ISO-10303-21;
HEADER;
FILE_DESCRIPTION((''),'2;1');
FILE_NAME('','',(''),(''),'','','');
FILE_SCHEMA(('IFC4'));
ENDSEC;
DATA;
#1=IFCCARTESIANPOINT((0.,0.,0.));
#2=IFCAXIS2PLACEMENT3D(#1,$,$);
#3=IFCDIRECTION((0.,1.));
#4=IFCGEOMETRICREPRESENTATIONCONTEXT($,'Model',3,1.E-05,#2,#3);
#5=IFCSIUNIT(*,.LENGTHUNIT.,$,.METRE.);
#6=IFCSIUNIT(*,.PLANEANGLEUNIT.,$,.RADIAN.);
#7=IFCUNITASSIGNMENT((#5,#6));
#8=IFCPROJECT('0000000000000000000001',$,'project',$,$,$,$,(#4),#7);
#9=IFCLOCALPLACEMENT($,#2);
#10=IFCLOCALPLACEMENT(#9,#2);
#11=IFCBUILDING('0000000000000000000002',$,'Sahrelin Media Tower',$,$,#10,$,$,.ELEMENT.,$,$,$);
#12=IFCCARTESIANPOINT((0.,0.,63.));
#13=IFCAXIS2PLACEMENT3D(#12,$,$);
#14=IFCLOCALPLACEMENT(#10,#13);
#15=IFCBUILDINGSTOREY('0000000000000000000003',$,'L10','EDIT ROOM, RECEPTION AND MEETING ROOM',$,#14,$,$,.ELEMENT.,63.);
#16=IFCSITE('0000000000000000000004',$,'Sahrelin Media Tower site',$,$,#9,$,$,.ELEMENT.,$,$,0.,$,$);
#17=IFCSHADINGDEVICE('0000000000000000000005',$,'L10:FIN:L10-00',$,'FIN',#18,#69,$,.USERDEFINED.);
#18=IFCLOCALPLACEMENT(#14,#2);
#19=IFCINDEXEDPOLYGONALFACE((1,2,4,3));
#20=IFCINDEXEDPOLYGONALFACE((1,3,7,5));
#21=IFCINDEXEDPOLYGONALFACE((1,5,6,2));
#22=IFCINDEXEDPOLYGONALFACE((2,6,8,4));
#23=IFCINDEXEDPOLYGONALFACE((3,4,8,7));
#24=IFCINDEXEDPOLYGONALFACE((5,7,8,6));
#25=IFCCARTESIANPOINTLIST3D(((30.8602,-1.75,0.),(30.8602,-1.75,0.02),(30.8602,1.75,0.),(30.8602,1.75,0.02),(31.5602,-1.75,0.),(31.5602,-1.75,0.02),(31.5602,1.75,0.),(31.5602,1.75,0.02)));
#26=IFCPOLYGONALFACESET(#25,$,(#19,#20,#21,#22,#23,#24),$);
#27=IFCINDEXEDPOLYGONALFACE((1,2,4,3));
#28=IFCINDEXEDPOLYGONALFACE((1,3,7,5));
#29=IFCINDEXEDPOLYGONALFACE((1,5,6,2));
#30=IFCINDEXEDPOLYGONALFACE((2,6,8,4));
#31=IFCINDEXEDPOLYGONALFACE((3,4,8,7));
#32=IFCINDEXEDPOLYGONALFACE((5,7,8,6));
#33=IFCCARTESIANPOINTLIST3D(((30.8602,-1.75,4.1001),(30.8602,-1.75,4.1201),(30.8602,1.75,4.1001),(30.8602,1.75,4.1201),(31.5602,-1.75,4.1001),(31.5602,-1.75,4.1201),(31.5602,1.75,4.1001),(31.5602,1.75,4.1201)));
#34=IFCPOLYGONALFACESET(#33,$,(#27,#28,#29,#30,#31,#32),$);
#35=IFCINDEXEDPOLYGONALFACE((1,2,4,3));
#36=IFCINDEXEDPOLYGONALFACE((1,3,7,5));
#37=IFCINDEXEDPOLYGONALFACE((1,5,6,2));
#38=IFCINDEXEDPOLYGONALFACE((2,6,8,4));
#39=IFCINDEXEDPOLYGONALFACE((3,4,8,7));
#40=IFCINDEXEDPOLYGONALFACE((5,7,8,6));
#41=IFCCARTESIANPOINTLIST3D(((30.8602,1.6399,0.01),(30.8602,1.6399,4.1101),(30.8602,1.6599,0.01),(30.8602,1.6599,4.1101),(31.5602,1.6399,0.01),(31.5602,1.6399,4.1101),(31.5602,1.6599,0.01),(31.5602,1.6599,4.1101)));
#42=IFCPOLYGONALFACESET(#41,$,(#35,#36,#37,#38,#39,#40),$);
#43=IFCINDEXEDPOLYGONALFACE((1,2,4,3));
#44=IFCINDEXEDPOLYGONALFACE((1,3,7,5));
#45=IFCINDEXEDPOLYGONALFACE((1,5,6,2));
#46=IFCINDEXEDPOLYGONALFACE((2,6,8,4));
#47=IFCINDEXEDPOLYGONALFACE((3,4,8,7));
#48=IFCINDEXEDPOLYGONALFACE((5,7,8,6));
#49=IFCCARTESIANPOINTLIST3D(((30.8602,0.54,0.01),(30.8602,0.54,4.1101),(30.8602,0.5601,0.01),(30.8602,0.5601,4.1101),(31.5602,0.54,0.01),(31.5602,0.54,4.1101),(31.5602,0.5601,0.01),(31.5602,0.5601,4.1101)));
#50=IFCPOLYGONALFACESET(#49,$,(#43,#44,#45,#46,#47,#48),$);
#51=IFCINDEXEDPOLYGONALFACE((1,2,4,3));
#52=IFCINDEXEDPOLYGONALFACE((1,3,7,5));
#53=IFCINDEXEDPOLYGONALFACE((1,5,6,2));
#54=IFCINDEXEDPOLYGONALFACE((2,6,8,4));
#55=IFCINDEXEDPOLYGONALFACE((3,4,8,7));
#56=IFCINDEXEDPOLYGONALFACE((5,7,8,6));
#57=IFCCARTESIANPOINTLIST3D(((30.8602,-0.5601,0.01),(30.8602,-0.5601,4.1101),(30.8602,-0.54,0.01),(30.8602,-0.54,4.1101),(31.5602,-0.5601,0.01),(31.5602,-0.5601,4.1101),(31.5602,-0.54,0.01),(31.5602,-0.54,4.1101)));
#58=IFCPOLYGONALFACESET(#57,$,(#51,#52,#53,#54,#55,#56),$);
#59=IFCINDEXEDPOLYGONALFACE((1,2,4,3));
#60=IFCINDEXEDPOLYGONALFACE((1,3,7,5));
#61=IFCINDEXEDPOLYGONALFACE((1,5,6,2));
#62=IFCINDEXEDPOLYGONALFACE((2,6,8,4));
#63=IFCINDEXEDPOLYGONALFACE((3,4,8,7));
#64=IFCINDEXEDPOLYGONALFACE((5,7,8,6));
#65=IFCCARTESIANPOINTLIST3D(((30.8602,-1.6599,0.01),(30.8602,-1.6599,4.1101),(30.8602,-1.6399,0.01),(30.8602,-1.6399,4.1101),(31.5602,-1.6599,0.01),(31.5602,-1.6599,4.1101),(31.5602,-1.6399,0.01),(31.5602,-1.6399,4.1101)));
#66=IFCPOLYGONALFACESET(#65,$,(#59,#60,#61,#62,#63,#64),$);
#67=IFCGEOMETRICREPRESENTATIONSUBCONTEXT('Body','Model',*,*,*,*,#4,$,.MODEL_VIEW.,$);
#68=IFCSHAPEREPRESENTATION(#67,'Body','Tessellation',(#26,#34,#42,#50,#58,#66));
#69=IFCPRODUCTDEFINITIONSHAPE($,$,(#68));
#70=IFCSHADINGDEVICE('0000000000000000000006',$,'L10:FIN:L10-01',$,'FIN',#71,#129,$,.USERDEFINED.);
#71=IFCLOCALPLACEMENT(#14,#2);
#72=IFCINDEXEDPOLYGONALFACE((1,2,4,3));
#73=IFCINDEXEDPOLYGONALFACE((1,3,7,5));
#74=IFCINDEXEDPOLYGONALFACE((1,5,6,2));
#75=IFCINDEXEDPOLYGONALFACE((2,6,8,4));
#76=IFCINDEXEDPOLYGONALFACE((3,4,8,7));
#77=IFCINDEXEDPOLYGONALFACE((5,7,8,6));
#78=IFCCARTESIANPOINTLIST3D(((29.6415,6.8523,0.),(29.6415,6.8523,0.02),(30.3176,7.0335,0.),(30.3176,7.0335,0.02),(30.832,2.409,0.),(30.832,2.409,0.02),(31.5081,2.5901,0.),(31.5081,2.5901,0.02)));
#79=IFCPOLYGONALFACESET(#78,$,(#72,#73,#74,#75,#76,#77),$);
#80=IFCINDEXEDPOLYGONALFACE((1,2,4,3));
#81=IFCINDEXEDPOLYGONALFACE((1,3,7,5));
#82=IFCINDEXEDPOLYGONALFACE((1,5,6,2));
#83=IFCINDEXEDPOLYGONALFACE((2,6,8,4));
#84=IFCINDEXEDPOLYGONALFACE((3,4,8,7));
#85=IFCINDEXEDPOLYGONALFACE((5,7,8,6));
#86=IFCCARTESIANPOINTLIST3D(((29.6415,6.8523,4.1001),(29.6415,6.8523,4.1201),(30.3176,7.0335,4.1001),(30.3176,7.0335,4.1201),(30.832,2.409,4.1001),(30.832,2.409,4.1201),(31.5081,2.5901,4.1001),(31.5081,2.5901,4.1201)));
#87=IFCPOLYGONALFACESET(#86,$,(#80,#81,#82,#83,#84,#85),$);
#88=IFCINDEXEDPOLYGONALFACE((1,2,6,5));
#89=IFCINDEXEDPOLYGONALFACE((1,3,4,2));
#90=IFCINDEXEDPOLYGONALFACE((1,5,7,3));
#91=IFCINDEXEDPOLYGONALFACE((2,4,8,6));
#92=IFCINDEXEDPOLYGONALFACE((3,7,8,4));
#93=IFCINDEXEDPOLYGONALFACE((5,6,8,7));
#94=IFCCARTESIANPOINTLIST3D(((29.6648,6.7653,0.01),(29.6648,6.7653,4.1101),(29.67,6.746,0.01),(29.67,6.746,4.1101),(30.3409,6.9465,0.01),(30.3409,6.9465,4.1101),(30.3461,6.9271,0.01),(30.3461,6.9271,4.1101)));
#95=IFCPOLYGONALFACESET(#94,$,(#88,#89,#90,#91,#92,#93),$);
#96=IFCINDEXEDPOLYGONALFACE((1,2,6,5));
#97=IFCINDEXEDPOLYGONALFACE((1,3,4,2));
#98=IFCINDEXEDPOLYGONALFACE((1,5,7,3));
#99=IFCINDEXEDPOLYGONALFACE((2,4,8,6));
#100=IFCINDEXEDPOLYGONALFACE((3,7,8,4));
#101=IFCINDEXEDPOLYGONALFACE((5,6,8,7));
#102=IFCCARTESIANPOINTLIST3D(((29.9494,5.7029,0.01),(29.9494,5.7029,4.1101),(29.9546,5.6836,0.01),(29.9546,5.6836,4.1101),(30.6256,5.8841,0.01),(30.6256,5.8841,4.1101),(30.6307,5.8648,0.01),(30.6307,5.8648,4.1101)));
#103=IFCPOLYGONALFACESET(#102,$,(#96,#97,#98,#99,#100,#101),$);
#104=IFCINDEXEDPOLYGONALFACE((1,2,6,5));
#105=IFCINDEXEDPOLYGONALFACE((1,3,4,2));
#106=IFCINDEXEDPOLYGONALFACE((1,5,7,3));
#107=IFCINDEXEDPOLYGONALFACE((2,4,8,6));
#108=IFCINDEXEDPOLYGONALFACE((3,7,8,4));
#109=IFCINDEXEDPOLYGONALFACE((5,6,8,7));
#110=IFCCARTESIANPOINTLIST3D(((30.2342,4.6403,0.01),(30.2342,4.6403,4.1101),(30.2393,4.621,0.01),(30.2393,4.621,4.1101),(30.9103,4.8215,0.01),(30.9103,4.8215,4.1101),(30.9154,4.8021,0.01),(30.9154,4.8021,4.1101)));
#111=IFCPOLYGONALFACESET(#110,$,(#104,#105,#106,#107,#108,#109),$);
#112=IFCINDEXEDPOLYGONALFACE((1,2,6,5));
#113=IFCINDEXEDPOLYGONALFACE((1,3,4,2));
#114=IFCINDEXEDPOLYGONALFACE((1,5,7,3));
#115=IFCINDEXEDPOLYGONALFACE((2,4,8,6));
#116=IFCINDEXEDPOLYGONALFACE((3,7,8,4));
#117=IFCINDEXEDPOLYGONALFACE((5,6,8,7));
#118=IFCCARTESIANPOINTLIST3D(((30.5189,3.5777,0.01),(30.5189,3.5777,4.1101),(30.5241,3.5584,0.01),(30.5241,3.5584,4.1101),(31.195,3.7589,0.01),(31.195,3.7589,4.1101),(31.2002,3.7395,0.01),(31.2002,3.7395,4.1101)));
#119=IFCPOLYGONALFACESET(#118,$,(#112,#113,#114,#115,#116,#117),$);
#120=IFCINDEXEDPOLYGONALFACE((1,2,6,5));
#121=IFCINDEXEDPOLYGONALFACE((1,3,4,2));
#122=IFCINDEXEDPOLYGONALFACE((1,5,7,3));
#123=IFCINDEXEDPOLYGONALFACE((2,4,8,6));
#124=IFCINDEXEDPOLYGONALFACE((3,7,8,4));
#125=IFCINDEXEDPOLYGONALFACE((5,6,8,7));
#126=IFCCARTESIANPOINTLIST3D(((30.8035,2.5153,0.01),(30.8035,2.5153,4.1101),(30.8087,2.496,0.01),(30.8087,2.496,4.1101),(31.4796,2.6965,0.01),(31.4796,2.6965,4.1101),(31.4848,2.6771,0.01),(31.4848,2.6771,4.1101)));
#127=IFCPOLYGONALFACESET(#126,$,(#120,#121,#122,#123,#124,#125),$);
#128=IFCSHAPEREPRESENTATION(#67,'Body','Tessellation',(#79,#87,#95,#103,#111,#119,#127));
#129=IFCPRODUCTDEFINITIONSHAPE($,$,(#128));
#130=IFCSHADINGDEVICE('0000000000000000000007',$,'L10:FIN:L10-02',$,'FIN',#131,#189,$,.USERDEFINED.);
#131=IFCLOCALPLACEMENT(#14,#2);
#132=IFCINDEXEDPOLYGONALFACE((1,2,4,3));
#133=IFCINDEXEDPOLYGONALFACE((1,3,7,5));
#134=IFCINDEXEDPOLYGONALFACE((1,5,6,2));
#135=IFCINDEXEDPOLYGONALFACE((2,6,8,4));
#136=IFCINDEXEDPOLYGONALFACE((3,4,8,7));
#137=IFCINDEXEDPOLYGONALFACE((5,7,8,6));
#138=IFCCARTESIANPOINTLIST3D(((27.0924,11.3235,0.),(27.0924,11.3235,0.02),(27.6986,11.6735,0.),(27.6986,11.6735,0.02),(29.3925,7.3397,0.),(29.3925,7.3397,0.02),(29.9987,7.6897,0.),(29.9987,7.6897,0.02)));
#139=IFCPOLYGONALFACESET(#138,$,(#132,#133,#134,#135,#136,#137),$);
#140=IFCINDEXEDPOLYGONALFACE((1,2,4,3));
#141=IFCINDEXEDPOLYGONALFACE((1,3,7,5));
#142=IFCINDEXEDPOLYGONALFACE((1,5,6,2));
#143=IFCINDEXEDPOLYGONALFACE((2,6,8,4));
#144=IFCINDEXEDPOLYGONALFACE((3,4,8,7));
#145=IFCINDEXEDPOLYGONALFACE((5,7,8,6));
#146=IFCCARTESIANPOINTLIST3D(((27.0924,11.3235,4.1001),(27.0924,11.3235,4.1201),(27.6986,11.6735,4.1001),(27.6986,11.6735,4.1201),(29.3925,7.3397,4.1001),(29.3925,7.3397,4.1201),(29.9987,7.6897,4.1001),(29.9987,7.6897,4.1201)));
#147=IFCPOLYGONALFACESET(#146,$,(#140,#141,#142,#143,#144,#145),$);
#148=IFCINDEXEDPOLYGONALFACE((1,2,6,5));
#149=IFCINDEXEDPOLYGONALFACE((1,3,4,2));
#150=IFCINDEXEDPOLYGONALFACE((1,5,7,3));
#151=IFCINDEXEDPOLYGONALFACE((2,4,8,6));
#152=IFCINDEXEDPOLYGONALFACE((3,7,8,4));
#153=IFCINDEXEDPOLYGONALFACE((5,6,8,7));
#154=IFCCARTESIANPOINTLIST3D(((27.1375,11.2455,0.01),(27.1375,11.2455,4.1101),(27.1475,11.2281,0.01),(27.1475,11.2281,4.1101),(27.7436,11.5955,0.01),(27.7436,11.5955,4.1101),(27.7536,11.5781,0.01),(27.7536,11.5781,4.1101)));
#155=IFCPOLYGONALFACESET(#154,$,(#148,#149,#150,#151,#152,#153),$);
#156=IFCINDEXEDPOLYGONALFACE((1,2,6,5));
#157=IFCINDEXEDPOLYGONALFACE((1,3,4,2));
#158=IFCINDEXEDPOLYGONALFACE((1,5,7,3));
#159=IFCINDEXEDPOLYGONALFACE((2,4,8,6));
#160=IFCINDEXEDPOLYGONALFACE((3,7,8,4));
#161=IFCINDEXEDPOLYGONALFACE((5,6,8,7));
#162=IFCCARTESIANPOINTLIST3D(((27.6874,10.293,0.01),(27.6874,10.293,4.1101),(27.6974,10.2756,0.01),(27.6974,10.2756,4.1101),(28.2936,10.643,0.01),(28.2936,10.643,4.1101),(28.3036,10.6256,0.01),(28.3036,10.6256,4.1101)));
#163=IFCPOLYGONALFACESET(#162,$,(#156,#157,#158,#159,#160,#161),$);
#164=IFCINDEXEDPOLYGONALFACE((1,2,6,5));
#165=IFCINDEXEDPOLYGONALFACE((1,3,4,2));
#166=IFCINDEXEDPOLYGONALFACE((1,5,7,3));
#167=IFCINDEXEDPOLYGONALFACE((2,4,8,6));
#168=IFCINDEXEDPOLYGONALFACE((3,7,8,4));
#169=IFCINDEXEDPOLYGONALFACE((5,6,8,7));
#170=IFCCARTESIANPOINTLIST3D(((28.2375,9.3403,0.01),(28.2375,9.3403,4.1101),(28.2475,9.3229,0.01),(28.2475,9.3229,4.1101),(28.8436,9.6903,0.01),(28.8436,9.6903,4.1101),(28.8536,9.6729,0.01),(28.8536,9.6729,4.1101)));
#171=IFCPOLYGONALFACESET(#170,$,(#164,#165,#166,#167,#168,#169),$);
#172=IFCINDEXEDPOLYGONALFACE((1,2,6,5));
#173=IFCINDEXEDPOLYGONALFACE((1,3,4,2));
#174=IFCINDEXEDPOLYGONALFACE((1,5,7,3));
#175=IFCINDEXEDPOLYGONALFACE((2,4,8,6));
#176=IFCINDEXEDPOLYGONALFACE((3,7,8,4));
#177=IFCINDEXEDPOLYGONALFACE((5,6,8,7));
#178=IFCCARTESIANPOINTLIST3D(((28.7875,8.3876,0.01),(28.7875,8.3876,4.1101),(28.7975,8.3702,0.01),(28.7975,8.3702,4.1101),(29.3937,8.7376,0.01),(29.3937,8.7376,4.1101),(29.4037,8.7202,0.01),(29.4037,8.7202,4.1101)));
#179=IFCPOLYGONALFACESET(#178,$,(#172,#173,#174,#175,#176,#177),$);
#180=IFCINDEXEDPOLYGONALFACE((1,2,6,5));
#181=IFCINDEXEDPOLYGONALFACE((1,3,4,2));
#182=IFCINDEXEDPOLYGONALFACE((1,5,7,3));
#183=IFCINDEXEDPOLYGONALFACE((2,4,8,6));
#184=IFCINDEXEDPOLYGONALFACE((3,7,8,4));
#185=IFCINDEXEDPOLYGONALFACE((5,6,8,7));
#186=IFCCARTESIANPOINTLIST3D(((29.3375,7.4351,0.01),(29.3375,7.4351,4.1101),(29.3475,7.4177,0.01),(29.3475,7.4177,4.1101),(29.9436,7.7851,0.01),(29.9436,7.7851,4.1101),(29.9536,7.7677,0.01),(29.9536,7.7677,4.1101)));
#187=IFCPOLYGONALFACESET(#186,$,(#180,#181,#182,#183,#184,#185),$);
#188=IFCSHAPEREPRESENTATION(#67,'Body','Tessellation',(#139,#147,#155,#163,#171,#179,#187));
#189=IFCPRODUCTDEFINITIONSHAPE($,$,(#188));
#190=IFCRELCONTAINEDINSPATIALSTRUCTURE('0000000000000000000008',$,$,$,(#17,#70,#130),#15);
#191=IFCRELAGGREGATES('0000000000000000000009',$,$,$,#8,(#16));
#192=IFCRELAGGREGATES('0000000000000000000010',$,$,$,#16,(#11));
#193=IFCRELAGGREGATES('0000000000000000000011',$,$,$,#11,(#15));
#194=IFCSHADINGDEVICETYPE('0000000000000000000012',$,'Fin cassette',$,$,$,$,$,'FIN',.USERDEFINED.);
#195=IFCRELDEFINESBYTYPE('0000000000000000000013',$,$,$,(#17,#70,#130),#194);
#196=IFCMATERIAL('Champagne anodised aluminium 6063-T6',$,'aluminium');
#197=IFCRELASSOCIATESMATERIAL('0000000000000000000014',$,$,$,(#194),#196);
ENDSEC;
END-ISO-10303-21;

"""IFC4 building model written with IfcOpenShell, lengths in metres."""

from ifc_helpers import new_model, si_unit, direction, frame, origin, origin_2d, place, context, subcontext, project, spatial, rectangle, extrude, material, type_object, element, save


model = new_model("IFC4")

# Units and contexts
model_context = context("Model", 3, precision=1e-05, world=origin(), true_north=direction((0.0, 1.0)))
body_context = subcontext(model_context, "Body", "Model", "MODEL_VIEW")
ifc_project = project(units=[si_unit("LENGTHUNIT", "METRE"), si_unit("PLANEANGLEUNIT", "RADIAN")], contexts=[model_context])

# Site, building, storey
site_placement = place(None, origin())
site = spatial("IfcSite", under=ifc_project, at=site_placement, Name="Sahrelin Media Tower site", CompositionType="ELEMENT", RefElevation=0.0)
building_placement = place(site_placement, origin())
building = spatial("IfcBuilding", under=site, at=building_placement, Name="Sahrelin Media Tower", CompositionType="ELEMENT")
storey_placement = place(building_placement, frame((0.0, 0.0, 63.0)))
storey = spatial("IfcBuildingStorey", under=building, at=storey_placement, Name="L10", Description="EDIT ROOM, RECEPTION AND MEETING ROOM", CompositionType="ELEMENT", Elevation=63.0)

# Shared definitions
ifc_material_1 = material(Name="Champagne anodised aluminium 6063-T6", Category="aluminium")

# Shading devices
shading_device_type_1 = type_object("IfcShadingDeviceType", Name="Fin cassette", ElementType="FIN", PredefinedType="USERDEFINED", material=ifc_material_1)
placement_1 = place(storey_placement, frame((30.7903, 0.0, 0.0), z_axis=(0.0, 0.0, 1.0), x_axis=(0.0, -1.0, 0.0)))
element("IfcShadingDevice", 1, at=placement_1, inside=storey, type_object=shading_device_type_1, Name="L10:FIN:L10-00", ObjectType="FIN", PredefinedType="USERDEFINED", context=body_context, shape_type="SweptSolid", body=[
    extrude(rectangle(XDim=3.5, YDim=0.7, at=origin_2d()), frame((0.0, 0.4199, 0.0)), (0.0, 0.0, 1.0), 0.02),
    extrude(rectangle(XDim=3.5, YDim=0.7, at=origin_2d()), frame((0.0, 0.4199, 4.1001)), (0.0, 0.0, 1.0), 0.02),
    extrude(rectangle(XDim=0.02, YDim=0.7, at=origin_2d()), frame((-1.6499, 0.4199, 0.01), z_axis=(0.0, 0.0, 1.0), x_axis=(1.0, 0.0, 0.0)), (0.0, 0.0, 1.0), 4.1001),
    extrude(rectangle(XDim=0.02, YDim=0.7, at=origin_2d()), frame((-0.55, 0.4199, 0.01), z_axis=(0.0, 0.0, 1.0), x_axis=(1.0, 0.0, 0.0)), (0.0, 0.0, 1.0), 4.1001),
    extrude(rectangle(XDim=0.02, YDim=0.7, at=origin_2d()), frame((0.55, 0.4199, 0.01), z_axis=(0.0, 0.0, 1.0), x_axis=(1.0, 0.0, 0.0)), (0.0, 0.0, 1.0), 4.1001),
    extrude(rectangle(XDim=0.02, YDim=0.7, at=origin_2d()), frame((1.6499, 0.4199, 0.01), z_axis=(0.0, 0.0, 1.0), x_axis=(1.0, 0.0, 0.0)), (0.0, 0.0, 1.0), 4.1001),
])
placement_2 = place(storey_placement, frame((30.1692, 4.6125, 0.0), z_axis=(0.0, 0.0, 1.0), x_axis=(0.258808, -0.965929, 0.0)))
element("IfcShadingDevice", 2, at=placement_2, inside=storey, type_object=shading_device_type_1, Name="L10:FIN:L10-01", ObjectType="FIN", PredefinedType="USERDEFINED", context=body_context, shape_type="SweptSolid", body=[
    extrude(rectangle(XDim=4.6001, YDim=0.7, at=origin_2d()), frame((0.0, 0.4199, 0.0)), (0.0, 0.0, 1.0), 0.02),
    extrude(rectangle(XDim=4.6001, YDim=0.7, at=origin_2d()), frame((0.0, 0.4199, 4.1001)), (0.0, 0.0, 1.0), 0.02),
    extrude(rectangle(XDim=0.02, YDim=0.7, at=origin_2d()), frame((-2.2, 0.4199, 0.01), z_axis=(0.0, 0.0, 1.0), x_axis=(1.0, 0.0, 0.0)), (0.0, 0.0, 1.0), 4.1001),
    extrude(rectangle(XDim=0.02, YDim=0.7, at=origin_2d()), frame((-1.1001, 0.4199, 0.01), z_axis=(0.0, 0.0, 1.0), x_axis=(1.0, 0.0, 0.0)), (0.0, 0.0, 1.0), 4.1001),
    extrude(rectangle(XDim=0.02, YDim=0.7, at=origin_2d()), frame((0.0, 0.4199, 0.01), z_axis=(0.0, 0.0, 1.0), x_axis=(1.0, 0.0, 0.0)), (0.0, 0.0, 1.0), 4.1001),
    extrude(rectangle(XDim=0.02, YDim=0.7, at=origin_2d()), frame((1.1001, 0.4199, 0.01), z_axis=(0.0, 0.0, 1.0), x_axis=(1.0, 0.0, 0.0)), (0.0, 0.0, 1.0), 4.1001),
    extrude(rectangle(XDim=0.02, YDim=0.7, at=origin_2d()), frame((2.2, 0.4199, 0.01), z_axis=(0.0, 0.0, 1.0), x_axis=(1.0, 0.0, 0.0)), (0.0, 0.0, 1.0), 4.1001),
])
placement_3 = place(storey_placement, frame((28.1819, 9.2966, 0.0), z_axis=(0.0, 0.0, 1.0), x_axis=(0.500011, -0.866019, 0.0)))
element("IfcShadingDevice", 3, at=placement_3, inside=storey, type_object=shading_device_type_1, Name="L10:FIN:L10-02", ObjectType="FIN", PredefinedType="USERDEFINED", context=body_context, shape_type="SweptSolid", body=[
    extrude(rectangle(XDim=4.6001, YDim=0.7, at=origin_2d()), frame((0.0, 0.4199, 0.0)), (0.0, 0.0, 1.0), 0.02),
    extrude(rectangle(XDim=4.6001, YDim=0.7, at=origin_2d()), frame((0.0, 0.4199, 4.1001)), (0.0, 0.0, 1.0), 0.02),
    extrude(rectangle(XDim=0.02, YDim=0.7, at=origin_2d()), frame((-2.2, 0.4199, 0.01), z_axis=(0.0, 0.0, 1.0), x_axis=(1.0, 0.0, 0.0)), (0.0, 0.0, 1.0), 4.1001),
    extrude(rectangle(XDim=0.02, YDim=0.7, at=origin_2d()), frame((-1.1001, 0.4199, 0.01), z_axis=(0.0, 0.0, 1.0), x_axis=(1.0, 0.0, 0.0)), (0.0, 0.0, 1.0), 4.1001),
    extrude(rectangle(XDim=0.02, YDim=0.7, at=origin_2d()), frame((0.0, 0.4199, 0.01), z_axis=(0.0, 0.0, 1.0), x_axis=(1.0, 0.0, 0.0)), (0.0, 0.0, 1.0), 4.1001),
    extrude(rectangle(XDim=0.02, YDim=0.7, at=origin_2d()), frame((1.1001, 0.4199, 0.01), z_axis=(0.0, 0.0, 1.0), x_axis=(1.0, 0.0, 0.0)), (0.0, 0.0, 1.0), 4.1001),
    extrude(rectangle(XDim=0.02, YDim=0.7, at=origin_2d()), frame((2.2, 0.4199, 0.01), z_axis=(0.0, 0.0, 1.0), x_axis=(1.0, 0.0, 0.0)), (0.0, 0.0, 1.0), 4.1001),
])

save(model, "model.ifc")
